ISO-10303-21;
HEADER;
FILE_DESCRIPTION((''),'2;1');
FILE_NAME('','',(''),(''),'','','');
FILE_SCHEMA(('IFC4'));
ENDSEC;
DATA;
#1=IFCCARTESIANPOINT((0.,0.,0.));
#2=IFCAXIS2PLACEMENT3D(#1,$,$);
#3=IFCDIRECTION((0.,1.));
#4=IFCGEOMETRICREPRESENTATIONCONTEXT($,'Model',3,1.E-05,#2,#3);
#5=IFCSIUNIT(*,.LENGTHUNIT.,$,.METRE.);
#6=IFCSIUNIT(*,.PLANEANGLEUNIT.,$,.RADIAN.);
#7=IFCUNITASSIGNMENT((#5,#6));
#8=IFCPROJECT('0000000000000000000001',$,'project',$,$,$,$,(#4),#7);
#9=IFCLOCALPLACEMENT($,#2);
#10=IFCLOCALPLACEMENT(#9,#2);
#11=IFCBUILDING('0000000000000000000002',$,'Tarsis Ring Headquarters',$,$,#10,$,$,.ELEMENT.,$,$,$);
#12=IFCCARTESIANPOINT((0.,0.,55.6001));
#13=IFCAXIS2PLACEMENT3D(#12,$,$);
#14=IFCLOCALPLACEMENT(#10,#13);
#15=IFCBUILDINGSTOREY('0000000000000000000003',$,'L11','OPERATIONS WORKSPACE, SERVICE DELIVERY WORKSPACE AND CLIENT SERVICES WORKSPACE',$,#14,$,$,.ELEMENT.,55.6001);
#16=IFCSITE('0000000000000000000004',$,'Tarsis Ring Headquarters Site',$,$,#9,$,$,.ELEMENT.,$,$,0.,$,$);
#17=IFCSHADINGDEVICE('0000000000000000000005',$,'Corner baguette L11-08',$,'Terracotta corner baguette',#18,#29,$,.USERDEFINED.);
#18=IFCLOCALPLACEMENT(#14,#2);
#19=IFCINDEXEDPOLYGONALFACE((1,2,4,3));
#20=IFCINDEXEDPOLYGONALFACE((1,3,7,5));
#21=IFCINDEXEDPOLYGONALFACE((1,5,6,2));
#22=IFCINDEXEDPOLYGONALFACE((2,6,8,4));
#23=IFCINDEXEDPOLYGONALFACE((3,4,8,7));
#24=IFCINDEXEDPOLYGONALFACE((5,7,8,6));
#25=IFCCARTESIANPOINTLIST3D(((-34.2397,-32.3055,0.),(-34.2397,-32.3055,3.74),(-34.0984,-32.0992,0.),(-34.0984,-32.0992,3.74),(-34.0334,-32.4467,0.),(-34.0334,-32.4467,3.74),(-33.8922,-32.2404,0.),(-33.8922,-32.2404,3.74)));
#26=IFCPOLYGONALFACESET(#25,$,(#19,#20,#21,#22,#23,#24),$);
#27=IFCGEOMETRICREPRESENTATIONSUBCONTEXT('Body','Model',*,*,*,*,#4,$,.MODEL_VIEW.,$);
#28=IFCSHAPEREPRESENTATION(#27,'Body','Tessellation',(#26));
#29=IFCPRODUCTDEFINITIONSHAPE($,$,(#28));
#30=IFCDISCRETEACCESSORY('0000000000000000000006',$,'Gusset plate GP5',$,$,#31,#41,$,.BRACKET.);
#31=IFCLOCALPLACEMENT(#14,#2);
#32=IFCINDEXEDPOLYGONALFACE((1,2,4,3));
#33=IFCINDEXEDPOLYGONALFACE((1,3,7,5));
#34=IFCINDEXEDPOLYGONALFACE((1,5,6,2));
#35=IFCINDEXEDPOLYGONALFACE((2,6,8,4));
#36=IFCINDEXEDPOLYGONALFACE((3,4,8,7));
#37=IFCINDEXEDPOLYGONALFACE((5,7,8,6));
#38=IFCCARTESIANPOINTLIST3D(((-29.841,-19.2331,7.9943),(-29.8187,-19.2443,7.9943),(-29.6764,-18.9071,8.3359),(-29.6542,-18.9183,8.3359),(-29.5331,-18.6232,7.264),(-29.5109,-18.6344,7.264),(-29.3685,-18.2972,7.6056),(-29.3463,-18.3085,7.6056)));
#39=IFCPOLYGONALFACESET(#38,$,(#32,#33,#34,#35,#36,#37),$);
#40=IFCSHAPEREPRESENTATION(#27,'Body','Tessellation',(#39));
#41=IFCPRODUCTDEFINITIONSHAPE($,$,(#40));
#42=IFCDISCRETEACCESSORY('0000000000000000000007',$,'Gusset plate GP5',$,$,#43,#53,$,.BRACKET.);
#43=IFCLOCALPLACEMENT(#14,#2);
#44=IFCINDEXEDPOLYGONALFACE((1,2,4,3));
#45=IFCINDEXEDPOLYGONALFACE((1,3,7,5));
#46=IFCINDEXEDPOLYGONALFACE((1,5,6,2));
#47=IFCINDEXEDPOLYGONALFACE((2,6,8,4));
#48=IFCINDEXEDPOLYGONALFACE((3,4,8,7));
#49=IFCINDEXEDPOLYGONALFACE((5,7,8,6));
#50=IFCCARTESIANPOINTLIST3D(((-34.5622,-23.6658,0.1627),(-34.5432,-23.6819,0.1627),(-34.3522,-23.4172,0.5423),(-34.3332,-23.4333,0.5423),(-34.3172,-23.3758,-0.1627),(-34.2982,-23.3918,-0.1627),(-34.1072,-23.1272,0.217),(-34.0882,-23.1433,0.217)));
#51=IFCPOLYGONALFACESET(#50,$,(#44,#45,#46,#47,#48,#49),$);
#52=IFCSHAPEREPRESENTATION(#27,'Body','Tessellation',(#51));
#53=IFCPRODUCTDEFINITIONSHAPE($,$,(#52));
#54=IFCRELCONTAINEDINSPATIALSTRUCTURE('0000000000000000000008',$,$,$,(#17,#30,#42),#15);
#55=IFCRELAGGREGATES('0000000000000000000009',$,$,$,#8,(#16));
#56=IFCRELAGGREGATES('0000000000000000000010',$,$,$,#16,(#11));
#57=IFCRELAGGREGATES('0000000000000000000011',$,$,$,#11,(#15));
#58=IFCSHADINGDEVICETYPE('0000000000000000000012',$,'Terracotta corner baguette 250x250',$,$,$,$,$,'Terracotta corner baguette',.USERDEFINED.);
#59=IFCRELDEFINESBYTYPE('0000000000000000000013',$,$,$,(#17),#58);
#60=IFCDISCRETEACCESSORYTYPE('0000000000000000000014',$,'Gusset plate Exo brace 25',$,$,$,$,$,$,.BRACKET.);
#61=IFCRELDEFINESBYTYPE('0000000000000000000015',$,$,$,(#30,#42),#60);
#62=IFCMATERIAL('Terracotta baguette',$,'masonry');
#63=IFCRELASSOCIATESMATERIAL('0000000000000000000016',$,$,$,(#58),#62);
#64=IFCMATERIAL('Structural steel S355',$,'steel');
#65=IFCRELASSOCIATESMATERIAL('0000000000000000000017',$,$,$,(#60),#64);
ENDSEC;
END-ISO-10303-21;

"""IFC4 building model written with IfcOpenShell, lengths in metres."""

from ifc_helpers import new_model, si_unit, direction, frame, origin, origin_2d, place, context, subcontext, project, spatial, rectangle, extrude, material, material_profile, profile_set, type_object, element, save


model = new_model("IFC4")

# Units and contexts
model_context = context("Model", 3, precision=1e-05, world=origin(), true_north=direction((0.0, 1.0)))
body_context = subcontext(model_context, "Body", "Model", "MODEL_VIEW")
ifc_project = project(units=[si_unit("LENGTHUNIT", "METRE"), si_unit("PLANEANGLEUNIT", "RADIAN")], contexts=[model_context])

# Site, building, storey
site_placement = place(None, origin())
site = spatial("IfcSite", under=ifc_project, at=site_placement, Name="Tarsis Ring Headquarters Site", CompositionType="ELEMENT", RefElevation=0.0)
building_placement = place(site_placement, origin())
building = spatial("IfcBuilding", under=site, at=building_placement, Name="Tarsis Ring Headquarters", CompositionType="ELEMENT")
storey_placement = place(building_placement, frame((0.0, 0.0, 55.6001)))
storey = spatial("IfcBuildingStorey", under=building, at=storey_placement, Name="L11", Description="OPERATIONS WORKSPACE, SERVICE DELIVERY WORKSPACE AND CLIENT SERVICES WORKSPACE", CompositionType="ELEMENT", Elevation=55.6001)

# Shared definitions
ifc_material_1 = material(Name="Structural steel S355", Category="steel")

# Shading device
ifc_material_2 = material(Name="Terracotta baguette", Category="masonry")
shading_device_type_1 = type_object("IfcShadingDeviceType", Name="Terracotta corner baguette 250x250", ElementType="Terracotta corner baguette", PredefinedType="USERDEFINED", material=ifc_material_2)
for number, where, z_axis, x_axis, name in (
    (1, (-34.0659, -32.2729, 0.0), (0.0, 0.0, 1.0), (0.825113, -0.564967, 0.0), "Corner baguette L11-08"),
):
    element("IfcShadingDevice", number, at=place(storey_placement, frame(where, z_axis=z_axis, x_axis=x_axis)), inside=storey, type_object=shading_device_type_1, Name=name, ObjectType="Terracotta corner baguette", PredefinedType="USERDEFINED", context=body_context, shape_type="SweptSolid", body=[
        extrude(rectangle(XDim=0.25, YDim=0.25, at=origin_2d()), origin(), (0.0, 0.0, 1.0), 3.74),
    ])

# Discrete accessories
ifc_material_profile_1 = material_profile(ifc_material_1, rectangle(XDim=0.0249, YDim=0.5, at=origin_2d()), Name="PL 25x500")
ifc_profile_set_1 = profile_set([ifc_material_profile_1], Name="Structural steel S355")
discrete_accessory_type = type_object("IfcDiscreteAccessoryType", Name="Gusset plate Exo brace 25", PredefinedType="BRACKET", material=ifc_profile_set_1)
discrete_accessory_1_placement = place(storey_placement, frame((-29.4397, -18.4658, 7.4348), z_axis=(-0.307871, -0.609882, 0.730247), x_axis=(0.892705, -0.450641, 0.0)))
element("IfcDiscreteAccessory", 2, at=discrete_accessory_1_placement, inside=storey, type_object=discrete_accessory_type, Name="Gusset plate GP5", PredefinedType="BRACKET", context=body_context, shape_type="SweptSolid", body=[
    extrude(rectangle(XDim=0.0249, YDim=0.5, at=origin_2d()), origin(), (0.0, 0.0, 1.0), 1.0),
])
discrete_accessory_2_placement = place(storey_placement, frame((-34.4302, -23.5288, 0.0), z_axis=(0.41994, 0.497091, 0.759309), x_axis=(-0.763898, 0.645337, 0.0)))
element("IfcDiscreteAccessory", 3, at=discrete_accessory_2_placement, inside=storey, type_object=discrete_accessory_type, Name="Gusset plate GP5", PredefinedType="BRACKET", context=body_context, shape_type="SweptSolid", body=[
    extrude(rectangle(XDim=0.0249, YDim=0.5, at=origin_2d()), origin(), (0.0, 0.0, 1.0), 0.5),
])

save(model, "model.ifc")
